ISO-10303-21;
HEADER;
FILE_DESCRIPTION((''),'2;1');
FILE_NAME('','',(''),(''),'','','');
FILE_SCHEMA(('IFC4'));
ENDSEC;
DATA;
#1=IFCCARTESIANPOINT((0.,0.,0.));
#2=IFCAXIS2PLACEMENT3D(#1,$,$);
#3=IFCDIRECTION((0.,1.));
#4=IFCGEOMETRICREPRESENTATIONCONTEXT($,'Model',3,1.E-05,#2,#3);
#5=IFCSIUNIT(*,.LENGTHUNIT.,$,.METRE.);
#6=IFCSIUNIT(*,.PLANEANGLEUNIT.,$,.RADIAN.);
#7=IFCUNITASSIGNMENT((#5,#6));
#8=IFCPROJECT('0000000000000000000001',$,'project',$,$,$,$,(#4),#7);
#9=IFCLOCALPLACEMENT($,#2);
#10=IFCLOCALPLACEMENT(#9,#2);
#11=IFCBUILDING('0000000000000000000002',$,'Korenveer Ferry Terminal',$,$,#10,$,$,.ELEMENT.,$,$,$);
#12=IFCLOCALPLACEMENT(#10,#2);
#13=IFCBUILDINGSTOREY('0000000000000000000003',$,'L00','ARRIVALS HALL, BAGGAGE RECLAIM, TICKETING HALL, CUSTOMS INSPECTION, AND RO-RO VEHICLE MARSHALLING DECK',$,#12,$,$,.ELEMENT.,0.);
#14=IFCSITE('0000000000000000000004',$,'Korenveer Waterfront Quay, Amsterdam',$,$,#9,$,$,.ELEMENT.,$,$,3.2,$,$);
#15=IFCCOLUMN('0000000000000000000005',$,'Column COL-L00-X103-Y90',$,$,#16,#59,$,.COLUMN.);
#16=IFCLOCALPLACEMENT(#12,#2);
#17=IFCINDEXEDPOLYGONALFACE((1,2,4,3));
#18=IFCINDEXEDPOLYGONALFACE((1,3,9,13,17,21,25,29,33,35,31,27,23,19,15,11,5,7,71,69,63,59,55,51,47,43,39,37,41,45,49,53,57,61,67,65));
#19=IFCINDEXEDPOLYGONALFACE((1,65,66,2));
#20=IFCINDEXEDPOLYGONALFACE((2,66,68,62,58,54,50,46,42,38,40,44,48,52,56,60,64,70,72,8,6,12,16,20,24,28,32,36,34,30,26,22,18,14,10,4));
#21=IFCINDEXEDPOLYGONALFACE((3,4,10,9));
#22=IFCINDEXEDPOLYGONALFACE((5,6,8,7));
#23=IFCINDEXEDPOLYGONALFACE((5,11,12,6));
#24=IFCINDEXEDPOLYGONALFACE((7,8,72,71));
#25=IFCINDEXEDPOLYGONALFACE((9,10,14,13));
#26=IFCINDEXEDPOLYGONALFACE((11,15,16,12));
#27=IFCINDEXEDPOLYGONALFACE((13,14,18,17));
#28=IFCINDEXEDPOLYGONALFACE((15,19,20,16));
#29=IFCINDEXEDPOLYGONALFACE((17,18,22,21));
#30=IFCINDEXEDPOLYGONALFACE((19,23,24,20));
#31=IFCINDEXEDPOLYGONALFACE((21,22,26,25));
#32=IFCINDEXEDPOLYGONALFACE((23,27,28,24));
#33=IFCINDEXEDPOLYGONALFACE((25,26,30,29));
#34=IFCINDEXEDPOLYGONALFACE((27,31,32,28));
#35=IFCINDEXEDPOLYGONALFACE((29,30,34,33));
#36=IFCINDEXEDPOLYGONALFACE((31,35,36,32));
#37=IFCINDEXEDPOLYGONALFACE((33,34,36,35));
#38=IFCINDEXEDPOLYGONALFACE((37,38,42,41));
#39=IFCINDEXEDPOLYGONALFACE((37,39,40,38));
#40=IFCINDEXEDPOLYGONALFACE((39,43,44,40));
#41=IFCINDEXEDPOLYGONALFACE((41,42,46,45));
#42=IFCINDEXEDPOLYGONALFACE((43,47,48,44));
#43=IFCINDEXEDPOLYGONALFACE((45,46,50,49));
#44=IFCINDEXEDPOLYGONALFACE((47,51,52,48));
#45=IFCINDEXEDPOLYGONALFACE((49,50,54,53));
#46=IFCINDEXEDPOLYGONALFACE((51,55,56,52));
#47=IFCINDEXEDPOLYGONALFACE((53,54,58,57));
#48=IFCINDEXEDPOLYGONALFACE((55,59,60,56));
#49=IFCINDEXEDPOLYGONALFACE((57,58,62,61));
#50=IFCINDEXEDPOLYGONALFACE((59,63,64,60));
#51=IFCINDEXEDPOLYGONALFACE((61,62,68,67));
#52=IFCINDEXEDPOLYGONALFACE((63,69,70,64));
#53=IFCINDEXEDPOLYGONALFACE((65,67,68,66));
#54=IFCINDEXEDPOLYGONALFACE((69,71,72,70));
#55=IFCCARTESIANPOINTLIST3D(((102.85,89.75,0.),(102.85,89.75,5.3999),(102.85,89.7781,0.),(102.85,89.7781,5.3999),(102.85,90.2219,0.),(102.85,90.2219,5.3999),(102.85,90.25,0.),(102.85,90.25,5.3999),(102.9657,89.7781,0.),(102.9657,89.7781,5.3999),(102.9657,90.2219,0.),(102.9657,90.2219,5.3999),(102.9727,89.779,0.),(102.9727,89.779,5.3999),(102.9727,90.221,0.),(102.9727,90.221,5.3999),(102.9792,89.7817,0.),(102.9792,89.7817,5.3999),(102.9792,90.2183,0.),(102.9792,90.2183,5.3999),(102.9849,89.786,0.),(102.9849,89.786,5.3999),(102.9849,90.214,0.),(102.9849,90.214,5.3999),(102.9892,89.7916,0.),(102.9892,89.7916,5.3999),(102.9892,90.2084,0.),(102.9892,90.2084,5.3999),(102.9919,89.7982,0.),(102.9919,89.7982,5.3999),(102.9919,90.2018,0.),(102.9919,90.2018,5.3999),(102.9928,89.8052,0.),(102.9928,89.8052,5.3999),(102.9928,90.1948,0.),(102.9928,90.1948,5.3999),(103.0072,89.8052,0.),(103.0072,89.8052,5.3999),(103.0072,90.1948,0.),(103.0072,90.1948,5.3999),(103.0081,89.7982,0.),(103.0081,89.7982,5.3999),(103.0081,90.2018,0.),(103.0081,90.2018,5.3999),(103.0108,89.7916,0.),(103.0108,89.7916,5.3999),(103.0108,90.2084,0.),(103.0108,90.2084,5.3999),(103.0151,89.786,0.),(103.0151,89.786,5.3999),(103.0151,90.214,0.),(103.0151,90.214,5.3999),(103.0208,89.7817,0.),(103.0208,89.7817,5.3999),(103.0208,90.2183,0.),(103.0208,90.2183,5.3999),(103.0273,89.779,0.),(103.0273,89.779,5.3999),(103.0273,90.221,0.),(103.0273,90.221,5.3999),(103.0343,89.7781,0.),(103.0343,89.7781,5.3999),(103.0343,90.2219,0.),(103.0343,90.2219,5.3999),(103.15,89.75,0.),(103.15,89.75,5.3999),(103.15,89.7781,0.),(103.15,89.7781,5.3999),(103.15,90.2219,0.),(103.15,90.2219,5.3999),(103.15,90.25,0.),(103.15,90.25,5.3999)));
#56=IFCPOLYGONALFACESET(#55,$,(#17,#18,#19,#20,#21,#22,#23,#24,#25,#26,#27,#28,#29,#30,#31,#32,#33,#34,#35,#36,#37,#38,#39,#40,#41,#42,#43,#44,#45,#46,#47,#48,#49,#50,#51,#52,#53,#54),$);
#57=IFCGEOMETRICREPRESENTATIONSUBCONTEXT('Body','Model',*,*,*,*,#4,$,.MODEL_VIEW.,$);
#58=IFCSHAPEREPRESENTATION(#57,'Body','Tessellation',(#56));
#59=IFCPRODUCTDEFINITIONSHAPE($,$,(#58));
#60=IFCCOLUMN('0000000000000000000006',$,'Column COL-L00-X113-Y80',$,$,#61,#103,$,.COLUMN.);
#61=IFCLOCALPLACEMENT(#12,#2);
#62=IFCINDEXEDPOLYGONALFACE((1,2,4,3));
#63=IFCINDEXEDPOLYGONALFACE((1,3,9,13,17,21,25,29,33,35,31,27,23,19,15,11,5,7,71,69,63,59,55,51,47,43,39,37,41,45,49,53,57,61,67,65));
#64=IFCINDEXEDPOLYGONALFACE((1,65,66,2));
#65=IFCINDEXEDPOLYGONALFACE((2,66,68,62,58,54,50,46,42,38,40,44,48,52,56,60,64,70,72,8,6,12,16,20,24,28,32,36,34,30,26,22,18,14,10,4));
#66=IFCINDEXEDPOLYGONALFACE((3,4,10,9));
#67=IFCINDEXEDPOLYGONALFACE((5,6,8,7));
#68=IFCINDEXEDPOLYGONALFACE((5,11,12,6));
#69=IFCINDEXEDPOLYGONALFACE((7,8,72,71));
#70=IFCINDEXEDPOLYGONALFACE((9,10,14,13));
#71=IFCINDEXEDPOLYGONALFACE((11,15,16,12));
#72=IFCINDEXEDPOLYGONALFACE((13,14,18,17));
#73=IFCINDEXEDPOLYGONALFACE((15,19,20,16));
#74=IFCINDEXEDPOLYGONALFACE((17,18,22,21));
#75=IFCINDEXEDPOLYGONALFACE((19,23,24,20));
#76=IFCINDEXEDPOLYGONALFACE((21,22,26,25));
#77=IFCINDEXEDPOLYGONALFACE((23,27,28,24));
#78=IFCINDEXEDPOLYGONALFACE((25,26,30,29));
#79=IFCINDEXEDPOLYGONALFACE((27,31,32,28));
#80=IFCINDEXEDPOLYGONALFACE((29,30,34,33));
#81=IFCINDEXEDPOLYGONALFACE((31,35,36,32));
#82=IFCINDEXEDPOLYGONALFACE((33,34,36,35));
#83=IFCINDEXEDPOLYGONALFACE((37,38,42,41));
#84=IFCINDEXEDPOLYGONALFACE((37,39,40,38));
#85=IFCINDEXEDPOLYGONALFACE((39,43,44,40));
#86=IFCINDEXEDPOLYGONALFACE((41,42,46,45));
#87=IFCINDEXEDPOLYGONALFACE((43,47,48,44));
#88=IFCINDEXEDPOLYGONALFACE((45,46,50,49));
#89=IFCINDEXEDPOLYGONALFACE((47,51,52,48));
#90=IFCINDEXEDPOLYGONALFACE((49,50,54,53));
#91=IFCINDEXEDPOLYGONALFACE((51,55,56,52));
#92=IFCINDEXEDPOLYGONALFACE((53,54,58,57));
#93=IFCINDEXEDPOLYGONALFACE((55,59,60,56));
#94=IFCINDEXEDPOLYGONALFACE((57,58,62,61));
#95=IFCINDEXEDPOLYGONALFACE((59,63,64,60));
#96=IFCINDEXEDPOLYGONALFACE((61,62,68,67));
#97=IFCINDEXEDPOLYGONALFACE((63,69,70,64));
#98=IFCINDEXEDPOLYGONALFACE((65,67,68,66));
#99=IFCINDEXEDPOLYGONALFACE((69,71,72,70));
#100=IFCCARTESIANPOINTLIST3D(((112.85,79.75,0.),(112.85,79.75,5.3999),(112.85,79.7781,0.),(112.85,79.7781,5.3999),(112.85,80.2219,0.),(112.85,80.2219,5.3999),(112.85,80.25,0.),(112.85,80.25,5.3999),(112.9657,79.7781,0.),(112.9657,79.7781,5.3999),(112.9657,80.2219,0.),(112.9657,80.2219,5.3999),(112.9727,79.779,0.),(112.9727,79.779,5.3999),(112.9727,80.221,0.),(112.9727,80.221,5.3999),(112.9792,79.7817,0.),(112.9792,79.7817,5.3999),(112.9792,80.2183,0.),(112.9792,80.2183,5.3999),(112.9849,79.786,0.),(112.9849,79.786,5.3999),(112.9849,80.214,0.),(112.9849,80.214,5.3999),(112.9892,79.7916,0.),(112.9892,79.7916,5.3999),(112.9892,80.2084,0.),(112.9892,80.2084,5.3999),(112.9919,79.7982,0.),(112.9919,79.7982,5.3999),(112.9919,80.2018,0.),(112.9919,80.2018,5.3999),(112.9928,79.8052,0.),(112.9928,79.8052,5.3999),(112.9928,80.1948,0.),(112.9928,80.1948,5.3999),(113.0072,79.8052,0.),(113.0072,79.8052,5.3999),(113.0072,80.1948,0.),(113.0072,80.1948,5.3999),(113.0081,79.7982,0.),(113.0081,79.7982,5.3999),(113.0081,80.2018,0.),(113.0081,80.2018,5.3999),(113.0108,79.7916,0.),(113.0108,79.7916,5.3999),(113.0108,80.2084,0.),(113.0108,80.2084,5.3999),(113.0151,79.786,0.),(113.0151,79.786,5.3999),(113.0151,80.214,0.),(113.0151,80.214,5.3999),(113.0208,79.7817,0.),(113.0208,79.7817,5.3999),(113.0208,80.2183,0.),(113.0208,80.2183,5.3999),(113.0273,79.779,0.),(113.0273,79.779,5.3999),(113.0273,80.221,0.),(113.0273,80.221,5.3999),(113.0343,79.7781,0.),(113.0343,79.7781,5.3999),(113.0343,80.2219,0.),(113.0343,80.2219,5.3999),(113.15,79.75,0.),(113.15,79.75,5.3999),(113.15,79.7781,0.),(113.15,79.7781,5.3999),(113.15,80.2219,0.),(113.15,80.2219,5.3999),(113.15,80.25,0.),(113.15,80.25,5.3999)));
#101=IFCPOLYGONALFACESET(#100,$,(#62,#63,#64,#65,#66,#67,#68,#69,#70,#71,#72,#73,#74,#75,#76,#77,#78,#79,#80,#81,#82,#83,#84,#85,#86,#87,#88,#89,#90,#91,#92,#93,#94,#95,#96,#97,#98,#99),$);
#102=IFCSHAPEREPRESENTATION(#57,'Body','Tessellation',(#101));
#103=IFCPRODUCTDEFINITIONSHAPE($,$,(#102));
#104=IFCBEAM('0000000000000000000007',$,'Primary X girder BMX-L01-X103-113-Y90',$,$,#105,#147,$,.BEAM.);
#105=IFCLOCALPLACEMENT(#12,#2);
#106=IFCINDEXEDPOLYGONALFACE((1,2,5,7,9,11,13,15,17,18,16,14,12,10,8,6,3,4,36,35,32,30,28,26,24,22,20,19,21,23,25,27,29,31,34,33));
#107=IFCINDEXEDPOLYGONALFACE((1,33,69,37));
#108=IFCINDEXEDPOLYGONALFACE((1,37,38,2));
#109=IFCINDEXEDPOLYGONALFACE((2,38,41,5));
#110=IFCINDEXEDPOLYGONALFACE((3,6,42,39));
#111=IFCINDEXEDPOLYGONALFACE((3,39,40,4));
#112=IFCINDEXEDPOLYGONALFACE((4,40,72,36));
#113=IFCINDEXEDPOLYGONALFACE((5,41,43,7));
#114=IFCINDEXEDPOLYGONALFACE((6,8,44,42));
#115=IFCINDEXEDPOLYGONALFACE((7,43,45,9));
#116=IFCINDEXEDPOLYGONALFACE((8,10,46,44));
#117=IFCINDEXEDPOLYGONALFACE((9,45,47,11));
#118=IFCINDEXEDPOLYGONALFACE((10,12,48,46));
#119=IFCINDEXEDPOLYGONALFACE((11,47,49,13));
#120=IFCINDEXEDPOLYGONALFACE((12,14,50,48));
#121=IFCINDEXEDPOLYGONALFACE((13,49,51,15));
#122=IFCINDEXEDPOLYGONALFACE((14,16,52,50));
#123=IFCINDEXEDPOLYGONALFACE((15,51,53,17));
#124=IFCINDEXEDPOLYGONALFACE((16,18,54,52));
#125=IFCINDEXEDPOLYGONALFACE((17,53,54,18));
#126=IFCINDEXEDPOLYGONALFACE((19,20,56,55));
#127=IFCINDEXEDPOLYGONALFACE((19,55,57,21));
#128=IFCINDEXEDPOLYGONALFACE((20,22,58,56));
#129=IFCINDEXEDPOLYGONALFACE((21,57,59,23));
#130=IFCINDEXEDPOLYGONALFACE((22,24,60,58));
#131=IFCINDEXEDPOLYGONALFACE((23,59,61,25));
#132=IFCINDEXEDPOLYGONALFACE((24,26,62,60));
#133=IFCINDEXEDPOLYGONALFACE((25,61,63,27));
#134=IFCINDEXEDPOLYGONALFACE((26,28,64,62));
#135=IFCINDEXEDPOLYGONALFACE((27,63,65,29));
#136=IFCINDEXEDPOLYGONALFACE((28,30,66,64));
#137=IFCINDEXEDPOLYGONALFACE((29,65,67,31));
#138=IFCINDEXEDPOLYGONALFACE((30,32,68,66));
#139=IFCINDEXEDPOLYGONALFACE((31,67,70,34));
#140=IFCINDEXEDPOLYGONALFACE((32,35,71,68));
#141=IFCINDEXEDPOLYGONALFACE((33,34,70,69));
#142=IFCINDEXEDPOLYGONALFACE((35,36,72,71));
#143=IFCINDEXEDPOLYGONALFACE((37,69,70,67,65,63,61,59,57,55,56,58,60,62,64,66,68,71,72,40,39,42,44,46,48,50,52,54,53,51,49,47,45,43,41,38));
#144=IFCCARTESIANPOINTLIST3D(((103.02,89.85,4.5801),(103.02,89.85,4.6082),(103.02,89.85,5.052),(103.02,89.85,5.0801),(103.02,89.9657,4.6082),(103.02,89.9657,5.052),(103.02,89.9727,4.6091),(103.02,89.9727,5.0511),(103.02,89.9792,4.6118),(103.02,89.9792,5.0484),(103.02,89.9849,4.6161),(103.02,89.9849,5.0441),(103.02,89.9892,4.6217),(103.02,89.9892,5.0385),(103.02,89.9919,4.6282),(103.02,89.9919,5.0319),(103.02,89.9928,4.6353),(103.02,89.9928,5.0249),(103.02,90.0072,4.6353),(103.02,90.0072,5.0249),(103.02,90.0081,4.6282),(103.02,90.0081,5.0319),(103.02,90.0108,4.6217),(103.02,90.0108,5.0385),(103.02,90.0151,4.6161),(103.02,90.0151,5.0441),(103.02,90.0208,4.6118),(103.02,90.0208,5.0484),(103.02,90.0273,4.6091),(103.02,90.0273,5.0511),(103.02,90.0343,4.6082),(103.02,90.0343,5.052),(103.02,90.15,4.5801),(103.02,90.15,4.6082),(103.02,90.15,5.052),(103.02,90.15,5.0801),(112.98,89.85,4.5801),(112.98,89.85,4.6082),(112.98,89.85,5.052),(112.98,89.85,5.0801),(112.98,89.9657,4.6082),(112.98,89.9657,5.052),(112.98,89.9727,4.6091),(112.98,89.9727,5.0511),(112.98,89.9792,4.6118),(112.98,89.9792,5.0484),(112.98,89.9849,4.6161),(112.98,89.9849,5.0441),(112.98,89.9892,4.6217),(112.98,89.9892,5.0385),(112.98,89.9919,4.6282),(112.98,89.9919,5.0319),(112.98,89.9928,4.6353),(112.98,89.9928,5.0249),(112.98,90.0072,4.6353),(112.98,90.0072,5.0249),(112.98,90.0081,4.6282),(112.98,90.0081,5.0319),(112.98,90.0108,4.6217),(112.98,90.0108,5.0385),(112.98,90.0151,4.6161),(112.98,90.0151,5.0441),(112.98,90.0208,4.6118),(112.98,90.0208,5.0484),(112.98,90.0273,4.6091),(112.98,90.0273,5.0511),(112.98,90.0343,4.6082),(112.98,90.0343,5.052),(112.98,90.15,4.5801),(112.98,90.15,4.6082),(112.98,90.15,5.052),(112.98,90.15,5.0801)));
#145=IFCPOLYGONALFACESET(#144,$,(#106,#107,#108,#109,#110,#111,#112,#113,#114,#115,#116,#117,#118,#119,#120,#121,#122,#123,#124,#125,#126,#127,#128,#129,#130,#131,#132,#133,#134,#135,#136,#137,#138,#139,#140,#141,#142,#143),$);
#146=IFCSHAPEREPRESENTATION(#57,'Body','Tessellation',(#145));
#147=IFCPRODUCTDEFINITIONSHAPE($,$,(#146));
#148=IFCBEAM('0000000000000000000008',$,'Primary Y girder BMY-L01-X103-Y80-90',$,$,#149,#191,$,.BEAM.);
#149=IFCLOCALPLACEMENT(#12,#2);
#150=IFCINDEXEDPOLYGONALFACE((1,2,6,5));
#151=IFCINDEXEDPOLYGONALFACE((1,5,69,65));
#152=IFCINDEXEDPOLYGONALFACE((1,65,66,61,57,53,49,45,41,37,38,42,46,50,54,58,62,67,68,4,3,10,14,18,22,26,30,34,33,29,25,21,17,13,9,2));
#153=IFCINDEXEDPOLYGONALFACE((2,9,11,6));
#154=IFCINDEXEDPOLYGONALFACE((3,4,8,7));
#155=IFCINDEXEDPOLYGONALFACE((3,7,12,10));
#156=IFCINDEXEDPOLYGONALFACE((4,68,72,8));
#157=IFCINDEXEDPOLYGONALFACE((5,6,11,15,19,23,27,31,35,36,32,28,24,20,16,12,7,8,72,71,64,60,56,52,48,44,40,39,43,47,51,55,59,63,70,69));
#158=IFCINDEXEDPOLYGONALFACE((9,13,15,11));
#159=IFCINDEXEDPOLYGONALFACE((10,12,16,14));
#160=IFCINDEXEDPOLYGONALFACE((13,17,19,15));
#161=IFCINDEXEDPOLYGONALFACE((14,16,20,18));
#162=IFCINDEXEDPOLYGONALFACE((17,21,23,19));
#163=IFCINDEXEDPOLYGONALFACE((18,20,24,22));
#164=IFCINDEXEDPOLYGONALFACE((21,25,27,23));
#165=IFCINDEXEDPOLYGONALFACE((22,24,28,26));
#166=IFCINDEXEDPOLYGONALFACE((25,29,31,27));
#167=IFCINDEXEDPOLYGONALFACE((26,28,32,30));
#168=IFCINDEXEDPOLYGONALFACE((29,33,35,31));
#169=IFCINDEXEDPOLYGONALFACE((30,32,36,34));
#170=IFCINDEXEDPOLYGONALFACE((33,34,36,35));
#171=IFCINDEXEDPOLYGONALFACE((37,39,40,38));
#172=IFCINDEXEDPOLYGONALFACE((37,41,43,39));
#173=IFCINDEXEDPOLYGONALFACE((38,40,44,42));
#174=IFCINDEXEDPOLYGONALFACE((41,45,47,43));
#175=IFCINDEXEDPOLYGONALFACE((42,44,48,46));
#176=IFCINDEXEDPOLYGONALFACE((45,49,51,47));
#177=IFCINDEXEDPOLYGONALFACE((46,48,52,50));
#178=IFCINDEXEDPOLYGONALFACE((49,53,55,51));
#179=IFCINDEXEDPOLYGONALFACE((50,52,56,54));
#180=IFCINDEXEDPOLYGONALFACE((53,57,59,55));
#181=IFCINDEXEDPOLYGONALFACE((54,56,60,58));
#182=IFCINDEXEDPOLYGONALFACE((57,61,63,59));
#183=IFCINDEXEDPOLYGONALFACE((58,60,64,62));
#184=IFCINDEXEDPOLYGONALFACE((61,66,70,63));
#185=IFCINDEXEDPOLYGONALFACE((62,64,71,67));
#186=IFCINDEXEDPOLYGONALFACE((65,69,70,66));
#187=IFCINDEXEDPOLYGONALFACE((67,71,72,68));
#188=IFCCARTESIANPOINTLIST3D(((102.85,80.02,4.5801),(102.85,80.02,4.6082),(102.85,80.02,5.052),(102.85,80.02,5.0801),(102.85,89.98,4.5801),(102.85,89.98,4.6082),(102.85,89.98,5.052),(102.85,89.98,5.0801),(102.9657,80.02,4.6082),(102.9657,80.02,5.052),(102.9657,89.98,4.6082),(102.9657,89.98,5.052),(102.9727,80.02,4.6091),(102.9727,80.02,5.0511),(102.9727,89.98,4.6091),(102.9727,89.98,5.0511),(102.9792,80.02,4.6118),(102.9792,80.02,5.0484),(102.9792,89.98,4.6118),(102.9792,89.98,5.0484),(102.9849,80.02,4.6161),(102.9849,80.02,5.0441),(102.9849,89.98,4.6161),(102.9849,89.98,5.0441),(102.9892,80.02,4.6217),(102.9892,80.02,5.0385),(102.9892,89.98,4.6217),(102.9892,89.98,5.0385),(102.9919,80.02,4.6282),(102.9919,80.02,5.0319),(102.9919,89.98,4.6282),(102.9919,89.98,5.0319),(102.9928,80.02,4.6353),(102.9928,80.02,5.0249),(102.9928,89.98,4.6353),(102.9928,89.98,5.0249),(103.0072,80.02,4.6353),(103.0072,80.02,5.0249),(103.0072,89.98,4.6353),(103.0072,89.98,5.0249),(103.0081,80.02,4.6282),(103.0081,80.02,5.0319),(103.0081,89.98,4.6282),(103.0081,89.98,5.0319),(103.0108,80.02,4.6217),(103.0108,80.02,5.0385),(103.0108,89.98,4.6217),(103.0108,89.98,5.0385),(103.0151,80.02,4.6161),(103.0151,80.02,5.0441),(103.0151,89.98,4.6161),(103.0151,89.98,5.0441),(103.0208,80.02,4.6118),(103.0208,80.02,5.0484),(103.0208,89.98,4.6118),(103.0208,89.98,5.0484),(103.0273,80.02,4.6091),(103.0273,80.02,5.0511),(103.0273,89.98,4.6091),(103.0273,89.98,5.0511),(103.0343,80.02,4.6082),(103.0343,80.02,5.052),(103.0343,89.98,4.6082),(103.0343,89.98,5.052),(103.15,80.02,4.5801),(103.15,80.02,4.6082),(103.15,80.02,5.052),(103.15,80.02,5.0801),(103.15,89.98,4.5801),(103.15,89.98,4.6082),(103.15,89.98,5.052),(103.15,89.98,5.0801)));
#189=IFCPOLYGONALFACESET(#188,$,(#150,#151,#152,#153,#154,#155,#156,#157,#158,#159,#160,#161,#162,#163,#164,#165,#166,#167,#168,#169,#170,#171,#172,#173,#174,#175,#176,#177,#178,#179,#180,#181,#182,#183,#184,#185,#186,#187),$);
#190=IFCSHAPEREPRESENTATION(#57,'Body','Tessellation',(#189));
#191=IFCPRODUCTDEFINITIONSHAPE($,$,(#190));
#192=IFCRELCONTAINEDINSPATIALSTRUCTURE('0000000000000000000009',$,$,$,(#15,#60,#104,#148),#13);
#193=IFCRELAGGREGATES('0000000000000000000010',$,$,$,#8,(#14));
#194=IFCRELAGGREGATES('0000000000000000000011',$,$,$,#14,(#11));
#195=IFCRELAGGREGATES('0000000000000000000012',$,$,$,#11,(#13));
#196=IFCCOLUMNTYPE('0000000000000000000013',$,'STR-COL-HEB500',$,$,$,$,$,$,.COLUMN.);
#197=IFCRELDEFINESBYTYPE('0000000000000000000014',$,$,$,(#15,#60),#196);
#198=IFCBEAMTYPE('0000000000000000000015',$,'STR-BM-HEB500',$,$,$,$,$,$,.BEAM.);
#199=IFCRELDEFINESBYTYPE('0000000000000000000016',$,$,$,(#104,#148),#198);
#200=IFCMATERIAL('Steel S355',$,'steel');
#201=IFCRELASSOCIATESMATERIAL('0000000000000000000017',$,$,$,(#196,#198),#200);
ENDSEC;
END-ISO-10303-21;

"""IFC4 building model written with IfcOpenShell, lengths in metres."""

from ifc_helpers import new_model, si_unit, direction, frame, origin, origin_2d, place, context, subcontext, project, spatial, i_section, extrude, material, material_profile, profile_set, type_object, element, save


model = new_model("IFC4")

# Units and contexts
model_context = context("Model", 3, precision=1e-05, world=origin(), true_north=direction((0.0, 1.0)))
body_context = subcontext(model_context, "Body", "Model", "MODEL_VIEW")
ifc_project = project(units=[si_unit("LENGTHUNIT", "METRE"), si_unit("PLANEANGLEUNIT", "RADIAN")], contexts=[model_context])

# Site, building, storey
site_placement = place(None, origin())
site = spatial("IfcSite", under=ifc_project, at=site_placement, Name="Korenveer Waterfront Quay, Amsterdam", CompositionType="ELEMENT", RefElevation=3.2)
building_placement = place(site_placement, origin())
building = spatial("IfcBuilding", under=site, at=building_placement, Name="Korenveer Ferry Terminal", CompositionType="ELEMENT")
storey_placement = place(building_placement, origin())
storey = spatial("IfcBuildingStorey", under=building, at=storey_placement, Name="L00", Description="ARRIVALS HALL, BAGGAGE RECLAIM, TICKETING HALL, CUSTOMS INSPECTION, AND RO-RO VEHICLE MARSHALLING DECK", CompositionType="ELEMENT", Elevation=0.0)

# Columns
ifc_material_1 = material(Name="Steel S355", Category="steel")
ifc_material_profile_1 = material_profile(ifc_material_1, i_section(OverallWidth=0.3, OverallDepth=0.5, WebThickness=0.0144, FlangeThickness=0.0281, FilletRadius=0.0271, at=origin_2d()), Name="HEB 500")
ifc_profile_set_1 = profile_set([ifc_material_profile_1], Name="Steel S355")
column_type = type_object("IfcColumnType", Name="STR-COL-HEB500", PredefinedType="COLUMN", material=ifc_profile_set_1)
for number, where, z_axis, x_axis, name in (
    (1, (103.0, 90.0, 0.0), (0.0, 0.0, 1.0), (1.0, 0.0, 0.0), "Column COL-L00-X103-Y90"),
    (2, (113.0, 80.0, 0.0), (0.0, 0.0, 1.0), (1.0, 0.0, 0.0), "Column COL-L00-X113-Y80"),
):
    element("IfcColumn", number, at=place(storey_placement, frame(where, z_axis=z_axis, x_axis=x_axis)), inside=storey, type_object=column_type, Name=name, PredefinedType="COLUMN", context=body_context, shape_type="SweptSolid", body=[
        extrude(i_section(OverallWidth=0.3, OverallDepth=0.5, WebThickness=0.0144, FlangeThickness=0.0281, FilletRadius=0.0271, at=origin_2d()), origin(), (0.0, 0.0, 1.0), 5.3999),
    ])

# Beams
ifc_material_profile_2 = material_profile(ifc_material_1, i_section(OverallWidth=0.3, OverallDepth=0.5, WebThickness=0.0144, FlangeThickness=0.0281, FilletRadius=0.0271, at=origin_2d()), Name="HEB 500")
ifc_profile_set_2 = profile_set([ifc_material_profile_2], Name="Steel S355")
beam_type_1 = type_object("IfcBeamType", Name="STR-BM-HEB500", PredefinedType="BEAM", material=ifc_profile_set_2)
for number, where, z_axis, x_axis, name in (
    (3, (103.02, 90.0, 4.8301), (1.0, 0.0, 0.0), (0.0, 1.0, 0.0), "Primary X girder BMX-L01-X103-113-Y90"),
    (4, (103.0, 80.02, 4.8301), (0.0, 1.0, 0.0), (-1.0, 0.0, 0.0), "Primary Y girder BMY-L01-X103-Y80-90"),
):
    element("IfcBeam", number, at=place(storey_placement, frame(where, z_axis=z_axis, x_axis=x_axis)), inside=storey, type_object=beam_type_1, Name=name, PredefinedType="BEAM", context=body_context, shape_type="SweptSolid", body=[
        extrude(i_section(OverallWidth=0.3, OverallDepth=0.5, WebThickness=0.0144, FlangeThickness=0.0281, FilletRadius=0.0271, at=origin_2d()), origin(), (0.0, 0.0, 1.0), 9.96),
    ])

save(model, "model.ifc")
